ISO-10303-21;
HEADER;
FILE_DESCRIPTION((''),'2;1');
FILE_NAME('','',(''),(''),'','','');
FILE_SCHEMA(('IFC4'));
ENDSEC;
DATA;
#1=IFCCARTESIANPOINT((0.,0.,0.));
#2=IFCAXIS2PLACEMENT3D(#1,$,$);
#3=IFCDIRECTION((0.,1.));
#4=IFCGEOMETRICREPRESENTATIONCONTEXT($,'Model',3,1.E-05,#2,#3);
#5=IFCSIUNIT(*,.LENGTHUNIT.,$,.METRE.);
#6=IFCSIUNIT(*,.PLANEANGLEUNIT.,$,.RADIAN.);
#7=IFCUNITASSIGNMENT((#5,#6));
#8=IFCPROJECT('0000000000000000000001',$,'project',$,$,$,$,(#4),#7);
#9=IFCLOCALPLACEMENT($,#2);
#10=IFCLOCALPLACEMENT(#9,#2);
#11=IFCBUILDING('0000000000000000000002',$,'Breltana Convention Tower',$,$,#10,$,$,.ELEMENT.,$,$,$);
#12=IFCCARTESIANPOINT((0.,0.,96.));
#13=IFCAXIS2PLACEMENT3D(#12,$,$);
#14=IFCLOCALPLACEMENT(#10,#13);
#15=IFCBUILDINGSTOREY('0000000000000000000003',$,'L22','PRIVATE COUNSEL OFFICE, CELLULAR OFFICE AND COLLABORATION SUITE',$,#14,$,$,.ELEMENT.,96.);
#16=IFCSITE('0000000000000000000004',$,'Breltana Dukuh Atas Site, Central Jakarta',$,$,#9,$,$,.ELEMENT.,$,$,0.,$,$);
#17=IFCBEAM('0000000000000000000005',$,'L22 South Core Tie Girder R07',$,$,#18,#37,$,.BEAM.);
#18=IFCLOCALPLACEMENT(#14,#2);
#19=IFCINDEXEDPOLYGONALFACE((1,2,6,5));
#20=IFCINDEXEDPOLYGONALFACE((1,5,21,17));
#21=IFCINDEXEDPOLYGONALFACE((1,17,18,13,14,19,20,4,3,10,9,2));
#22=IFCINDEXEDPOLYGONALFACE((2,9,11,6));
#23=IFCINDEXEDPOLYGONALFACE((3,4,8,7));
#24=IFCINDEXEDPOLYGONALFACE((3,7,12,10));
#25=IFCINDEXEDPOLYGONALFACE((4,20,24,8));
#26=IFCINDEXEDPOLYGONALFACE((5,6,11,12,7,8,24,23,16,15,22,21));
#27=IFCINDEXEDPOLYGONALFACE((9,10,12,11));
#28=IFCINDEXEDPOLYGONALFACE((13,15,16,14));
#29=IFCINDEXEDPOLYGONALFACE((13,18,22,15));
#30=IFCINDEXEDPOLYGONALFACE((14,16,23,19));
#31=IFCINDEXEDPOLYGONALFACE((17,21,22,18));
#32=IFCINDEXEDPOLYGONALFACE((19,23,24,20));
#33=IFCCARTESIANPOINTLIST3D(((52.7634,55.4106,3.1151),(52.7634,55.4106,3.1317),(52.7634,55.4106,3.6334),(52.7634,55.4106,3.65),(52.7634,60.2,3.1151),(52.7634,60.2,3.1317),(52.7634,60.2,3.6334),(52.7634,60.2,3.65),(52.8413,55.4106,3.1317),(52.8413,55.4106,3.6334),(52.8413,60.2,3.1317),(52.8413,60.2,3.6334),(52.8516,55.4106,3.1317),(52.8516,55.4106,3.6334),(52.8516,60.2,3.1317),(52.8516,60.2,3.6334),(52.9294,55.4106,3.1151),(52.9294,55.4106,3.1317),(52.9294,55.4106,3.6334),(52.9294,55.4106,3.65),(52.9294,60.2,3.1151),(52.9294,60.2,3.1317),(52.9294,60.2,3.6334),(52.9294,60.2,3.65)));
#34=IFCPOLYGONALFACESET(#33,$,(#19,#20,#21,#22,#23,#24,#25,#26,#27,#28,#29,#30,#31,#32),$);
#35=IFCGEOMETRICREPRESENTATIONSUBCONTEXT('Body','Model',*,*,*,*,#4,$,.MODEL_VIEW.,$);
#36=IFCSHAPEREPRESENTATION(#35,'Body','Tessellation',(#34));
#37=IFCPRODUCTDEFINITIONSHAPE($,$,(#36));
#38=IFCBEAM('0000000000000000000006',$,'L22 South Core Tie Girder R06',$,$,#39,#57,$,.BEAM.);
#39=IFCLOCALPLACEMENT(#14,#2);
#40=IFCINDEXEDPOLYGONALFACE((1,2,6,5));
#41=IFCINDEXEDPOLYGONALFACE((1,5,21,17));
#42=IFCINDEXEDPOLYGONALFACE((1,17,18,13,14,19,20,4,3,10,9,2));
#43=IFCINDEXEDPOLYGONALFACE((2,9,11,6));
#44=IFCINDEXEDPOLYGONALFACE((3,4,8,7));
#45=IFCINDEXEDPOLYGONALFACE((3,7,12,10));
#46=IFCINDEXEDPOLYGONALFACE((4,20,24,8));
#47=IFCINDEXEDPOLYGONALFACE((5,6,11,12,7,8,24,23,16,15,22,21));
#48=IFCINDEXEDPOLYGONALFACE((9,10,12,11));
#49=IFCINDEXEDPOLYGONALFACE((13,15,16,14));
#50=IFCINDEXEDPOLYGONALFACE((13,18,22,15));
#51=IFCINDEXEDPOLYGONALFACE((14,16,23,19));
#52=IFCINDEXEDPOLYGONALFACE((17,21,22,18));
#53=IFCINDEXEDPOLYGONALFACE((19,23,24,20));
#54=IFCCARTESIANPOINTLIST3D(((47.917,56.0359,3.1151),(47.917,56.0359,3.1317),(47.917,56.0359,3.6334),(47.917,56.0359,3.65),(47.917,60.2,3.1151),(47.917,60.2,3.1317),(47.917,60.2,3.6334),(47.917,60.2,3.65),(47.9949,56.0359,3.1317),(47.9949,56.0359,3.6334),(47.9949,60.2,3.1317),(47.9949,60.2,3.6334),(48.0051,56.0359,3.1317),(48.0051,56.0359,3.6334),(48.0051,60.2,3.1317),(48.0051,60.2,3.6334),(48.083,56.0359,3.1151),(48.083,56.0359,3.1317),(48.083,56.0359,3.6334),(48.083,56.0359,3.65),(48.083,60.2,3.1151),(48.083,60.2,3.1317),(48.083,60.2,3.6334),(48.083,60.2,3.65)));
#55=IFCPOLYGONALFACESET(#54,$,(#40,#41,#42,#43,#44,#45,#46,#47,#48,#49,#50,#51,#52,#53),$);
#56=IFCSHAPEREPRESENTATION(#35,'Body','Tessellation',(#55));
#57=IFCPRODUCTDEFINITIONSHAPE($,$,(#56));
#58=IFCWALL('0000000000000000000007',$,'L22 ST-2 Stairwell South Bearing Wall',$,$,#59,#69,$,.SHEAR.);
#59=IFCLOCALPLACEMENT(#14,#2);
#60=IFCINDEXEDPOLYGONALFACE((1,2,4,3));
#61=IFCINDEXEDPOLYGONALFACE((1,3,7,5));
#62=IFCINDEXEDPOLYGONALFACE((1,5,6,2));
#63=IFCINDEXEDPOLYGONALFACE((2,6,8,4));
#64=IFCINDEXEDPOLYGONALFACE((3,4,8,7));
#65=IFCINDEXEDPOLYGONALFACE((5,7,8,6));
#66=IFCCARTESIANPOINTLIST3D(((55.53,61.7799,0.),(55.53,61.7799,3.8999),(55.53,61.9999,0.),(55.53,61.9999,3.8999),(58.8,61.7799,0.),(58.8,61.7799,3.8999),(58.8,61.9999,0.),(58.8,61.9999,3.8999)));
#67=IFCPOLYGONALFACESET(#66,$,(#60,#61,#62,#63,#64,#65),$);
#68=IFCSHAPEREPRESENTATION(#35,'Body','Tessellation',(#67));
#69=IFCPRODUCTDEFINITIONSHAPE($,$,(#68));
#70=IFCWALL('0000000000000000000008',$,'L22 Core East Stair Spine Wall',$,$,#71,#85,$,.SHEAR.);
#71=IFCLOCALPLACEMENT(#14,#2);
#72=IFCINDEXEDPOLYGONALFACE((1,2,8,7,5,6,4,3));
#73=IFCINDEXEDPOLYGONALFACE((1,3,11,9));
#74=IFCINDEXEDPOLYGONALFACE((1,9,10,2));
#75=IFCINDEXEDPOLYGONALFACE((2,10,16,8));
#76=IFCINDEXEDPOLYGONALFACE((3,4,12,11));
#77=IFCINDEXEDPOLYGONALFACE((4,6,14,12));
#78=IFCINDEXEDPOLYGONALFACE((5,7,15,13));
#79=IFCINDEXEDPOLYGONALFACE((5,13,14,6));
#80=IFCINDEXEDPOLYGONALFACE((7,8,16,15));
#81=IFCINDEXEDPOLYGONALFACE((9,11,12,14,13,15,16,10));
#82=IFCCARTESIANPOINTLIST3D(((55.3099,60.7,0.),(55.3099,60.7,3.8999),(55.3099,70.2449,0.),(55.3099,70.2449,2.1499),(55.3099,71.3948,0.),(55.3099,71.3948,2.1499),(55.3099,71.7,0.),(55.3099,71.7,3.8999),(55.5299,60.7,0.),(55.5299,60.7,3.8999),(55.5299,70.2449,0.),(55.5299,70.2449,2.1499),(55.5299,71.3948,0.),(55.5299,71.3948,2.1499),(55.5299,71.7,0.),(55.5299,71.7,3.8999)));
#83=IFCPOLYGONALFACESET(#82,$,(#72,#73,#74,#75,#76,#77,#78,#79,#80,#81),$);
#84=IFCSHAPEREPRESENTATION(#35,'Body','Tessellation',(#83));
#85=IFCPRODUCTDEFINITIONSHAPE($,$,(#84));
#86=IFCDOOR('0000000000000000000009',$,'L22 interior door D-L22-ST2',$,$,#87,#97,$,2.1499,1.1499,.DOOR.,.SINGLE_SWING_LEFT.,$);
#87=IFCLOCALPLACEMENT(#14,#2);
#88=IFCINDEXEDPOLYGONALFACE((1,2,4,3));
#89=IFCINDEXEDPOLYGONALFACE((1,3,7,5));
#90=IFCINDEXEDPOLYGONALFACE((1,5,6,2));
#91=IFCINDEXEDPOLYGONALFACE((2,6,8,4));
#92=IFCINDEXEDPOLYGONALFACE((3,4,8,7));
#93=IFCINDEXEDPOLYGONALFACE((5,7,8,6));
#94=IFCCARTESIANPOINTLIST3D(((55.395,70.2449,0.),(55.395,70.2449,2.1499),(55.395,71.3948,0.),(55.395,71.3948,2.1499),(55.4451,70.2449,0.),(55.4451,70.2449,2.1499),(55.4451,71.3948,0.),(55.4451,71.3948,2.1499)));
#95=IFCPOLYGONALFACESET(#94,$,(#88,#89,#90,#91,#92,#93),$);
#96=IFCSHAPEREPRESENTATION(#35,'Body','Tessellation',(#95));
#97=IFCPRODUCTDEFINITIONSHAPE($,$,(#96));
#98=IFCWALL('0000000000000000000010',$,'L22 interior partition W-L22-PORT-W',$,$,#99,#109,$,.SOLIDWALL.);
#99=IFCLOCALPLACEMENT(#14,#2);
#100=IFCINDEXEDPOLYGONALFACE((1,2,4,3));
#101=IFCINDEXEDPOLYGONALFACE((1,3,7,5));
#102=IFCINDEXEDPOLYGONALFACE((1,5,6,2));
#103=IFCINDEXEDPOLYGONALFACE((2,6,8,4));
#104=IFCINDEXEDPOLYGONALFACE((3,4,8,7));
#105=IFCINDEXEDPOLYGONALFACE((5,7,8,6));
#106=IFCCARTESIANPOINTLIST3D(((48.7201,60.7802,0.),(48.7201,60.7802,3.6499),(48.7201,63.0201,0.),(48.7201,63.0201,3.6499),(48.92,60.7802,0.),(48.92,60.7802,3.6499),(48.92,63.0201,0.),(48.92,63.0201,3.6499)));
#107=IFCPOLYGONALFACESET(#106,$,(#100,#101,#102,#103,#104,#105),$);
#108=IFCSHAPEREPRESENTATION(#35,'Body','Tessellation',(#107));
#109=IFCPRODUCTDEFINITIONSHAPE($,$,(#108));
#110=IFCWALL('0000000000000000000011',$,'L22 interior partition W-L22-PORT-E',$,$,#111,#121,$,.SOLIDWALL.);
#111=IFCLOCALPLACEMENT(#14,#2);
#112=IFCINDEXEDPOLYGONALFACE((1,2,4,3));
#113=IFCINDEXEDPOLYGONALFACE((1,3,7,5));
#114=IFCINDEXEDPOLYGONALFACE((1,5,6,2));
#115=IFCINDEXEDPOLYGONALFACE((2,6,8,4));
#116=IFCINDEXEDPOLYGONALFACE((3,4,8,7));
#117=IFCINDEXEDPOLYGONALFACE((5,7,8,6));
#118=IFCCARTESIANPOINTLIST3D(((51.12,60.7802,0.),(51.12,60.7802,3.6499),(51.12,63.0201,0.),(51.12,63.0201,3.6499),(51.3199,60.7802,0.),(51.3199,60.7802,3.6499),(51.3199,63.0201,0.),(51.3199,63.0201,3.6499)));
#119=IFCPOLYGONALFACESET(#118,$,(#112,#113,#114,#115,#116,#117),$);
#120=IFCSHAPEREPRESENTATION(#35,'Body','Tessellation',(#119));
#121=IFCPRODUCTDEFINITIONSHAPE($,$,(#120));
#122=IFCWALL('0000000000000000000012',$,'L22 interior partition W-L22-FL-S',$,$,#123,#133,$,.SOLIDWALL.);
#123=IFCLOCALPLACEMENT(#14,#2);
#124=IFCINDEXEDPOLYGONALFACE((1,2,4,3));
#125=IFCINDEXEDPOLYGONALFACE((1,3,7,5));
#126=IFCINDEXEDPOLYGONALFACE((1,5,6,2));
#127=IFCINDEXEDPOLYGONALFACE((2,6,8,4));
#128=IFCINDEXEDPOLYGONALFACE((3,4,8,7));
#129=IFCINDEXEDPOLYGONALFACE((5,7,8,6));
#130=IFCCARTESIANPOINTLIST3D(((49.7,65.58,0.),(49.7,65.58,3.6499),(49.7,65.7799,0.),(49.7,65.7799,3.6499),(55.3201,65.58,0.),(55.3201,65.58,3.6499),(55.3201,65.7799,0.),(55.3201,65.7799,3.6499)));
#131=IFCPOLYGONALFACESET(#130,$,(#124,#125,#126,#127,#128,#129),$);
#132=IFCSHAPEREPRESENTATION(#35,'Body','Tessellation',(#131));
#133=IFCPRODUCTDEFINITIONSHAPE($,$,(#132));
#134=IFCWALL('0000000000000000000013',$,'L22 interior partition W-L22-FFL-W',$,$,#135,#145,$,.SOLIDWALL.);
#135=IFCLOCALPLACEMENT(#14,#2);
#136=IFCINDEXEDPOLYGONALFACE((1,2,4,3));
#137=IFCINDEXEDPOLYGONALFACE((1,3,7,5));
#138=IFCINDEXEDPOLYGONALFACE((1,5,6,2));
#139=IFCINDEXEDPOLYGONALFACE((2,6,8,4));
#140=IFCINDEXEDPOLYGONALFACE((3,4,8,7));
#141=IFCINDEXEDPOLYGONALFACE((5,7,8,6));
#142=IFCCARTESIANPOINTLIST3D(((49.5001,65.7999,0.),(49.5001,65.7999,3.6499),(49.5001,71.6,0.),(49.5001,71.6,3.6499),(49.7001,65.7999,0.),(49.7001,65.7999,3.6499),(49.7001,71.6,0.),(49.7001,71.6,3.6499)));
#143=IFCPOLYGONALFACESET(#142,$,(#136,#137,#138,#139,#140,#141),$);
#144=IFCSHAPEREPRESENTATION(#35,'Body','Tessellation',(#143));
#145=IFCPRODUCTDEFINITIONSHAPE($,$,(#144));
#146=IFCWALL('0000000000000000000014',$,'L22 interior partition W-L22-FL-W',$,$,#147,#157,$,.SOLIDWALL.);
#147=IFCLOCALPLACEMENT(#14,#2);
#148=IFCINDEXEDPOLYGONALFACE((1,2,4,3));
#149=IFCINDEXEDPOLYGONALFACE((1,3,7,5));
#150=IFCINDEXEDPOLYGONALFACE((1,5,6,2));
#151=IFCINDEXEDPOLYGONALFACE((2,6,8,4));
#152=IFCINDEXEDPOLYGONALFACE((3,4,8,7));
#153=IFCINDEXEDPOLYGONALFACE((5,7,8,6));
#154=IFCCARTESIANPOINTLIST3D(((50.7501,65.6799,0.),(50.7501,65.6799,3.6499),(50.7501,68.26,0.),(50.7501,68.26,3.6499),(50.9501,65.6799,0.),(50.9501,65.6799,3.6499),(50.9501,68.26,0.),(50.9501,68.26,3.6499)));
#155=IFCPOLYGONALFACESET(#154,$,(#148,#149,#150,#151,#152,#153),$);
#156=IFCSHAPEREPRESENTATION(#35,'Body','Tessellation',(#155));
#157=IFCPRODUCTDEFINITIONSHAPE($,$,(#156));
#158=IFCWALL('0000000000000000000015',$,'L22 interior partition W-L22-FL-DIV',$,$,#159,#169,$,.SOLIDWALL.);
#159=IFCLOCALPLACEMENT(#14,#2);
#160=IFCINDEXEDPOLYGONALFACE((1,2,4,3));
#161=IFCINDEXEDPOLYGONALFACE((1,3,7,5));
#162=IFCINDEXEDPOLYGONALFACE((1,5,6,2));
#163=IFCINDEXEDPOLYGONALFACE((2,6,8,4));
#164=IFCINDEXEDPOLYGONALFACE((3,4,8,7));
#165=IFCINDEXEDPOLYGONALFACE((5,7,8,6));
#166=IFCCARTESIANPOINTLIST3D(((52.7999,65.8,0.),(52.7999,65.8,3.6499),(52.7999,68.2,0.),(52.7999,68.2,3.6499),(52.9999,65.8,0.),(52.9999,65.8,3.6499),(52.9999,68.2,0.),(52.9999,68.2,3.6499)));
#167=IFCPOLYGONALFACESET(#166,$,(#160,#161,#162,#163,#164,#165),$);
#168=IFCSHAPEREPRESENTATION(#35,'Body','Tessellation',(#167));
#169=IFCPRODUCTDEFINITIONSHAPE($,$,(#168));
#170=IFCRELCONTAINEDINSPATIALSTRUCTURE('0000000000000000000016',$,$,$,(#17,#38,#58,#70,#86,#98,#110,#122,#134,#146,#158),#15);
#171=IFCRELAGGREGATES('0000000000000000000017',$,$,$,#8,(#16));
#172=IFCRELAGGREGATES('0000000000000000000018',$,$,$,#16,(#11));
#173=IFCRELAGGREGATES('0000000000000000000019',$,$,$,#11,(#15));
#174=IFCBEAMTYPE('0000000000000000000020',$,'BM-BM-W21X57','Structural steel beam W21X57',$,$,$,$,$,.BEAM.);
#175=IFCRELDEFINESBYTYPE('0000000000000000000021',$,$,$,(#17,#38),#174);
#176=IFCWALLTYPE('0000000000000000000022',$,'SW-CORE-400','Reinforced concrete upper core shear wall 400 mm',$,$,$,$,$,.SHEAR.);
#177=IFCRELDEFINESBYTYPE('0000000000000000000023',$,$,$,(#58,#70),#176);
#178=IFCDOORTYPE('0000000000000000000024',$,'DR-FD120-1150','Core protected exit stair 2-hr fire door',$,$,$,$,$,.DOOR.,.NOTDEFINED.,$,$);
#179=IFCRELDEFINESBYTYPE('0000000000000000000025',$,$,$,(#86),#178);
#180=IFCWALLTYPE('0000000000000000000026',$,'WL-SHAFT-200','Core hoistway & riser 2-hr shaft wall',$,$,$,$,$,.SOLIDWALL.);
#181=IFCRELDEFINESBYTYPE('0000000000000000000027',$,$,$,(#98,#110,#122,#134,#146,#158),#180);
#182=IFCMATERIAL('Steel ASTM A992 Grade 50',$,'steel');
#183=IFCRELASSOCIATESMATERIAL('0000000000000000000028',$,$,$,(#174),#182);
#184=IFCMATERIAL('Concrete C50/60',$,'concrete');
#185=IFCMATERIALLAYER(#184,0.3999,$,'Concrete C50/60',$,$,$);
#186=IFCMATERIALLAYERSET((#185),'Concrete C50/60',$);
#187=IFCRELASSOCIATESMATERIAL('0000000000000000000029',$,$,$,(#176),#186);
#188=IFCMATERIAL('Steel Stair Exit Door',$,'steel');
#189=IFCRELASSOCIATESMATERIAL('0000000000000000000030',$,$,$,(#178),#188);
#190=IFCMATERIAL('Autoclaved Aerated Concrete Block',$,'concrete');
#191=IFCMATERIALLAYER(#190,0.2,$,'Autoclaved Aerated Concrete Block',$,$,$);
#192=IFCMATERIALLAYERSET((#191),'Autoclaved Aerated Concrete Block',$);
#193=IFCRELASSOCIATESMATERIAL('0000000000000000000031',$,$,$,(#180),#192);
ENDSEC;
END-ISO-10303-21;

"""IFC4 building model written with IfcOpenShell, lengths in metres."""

from ifc_helpers import new_model, si_unit, direction, frame, frame_2d, origin, origin_2d, place, context, subcontext, project, spatial, rectangle, i_section, extrude, source, transform, mapped, material, layer, layer_set, material_profile, profile_set, type_object, type_shapes, element, fill, save


model = new_model("IFC4")

# Units and contexts
model_context = context("Model", 3, precision=1e-05, world=origin(), true_north=direction((0.0, 1.0)))
body_context = subcontext(model_context, "Body", "Model", "MODEL_VIEW")
ifc_project = project(units=[si_unit("LENGTHUNIT", "METRE"), si_unit("PLANEANGLEUNIT", "RADIAN")], contexts=[model_context])

# Site, building, storey
site_placement = place(None, origin())
site = spatial("IfcSite", under=ifc_project, at=site_placement, Name="Breltana Dukuh Atas Site, Central Jakarta", CompositionType="ELEMENT", RefElevation=0.0)
building_placement = place(site_placement, origin())
building = spatial("IfcBuilding", under=site, at=building_placement, Name="Breltana Convention Tower", CompositionType="ELEMENT")
storey_placement = place(building_placement, frame((0.0, 0.0, 96.0)))
storey = spatial("IfcBuildingStorey", under=building, at=storey_placement, Name="L22", Description="PRIVATE COUNSEL OFFICE, CELLULAR OFFICE AND COLLABORATION SUITE", CompositionType="ELEMENT", Elevation=96.0)

# Beams
ifc_material_1 = material(Name="Steel ASTM A992 Grade 50", Category="steel")
ifc_material_profile = material_profile(ifc_material_1, i_section(OverallWidth=0.166, OverallDepth=0.5349, WebThickness=0.0103, FlangeThickness=0.0166, at=origin_2d()), Name="W21X57")
ifc_profile_set = profile_set([ifc_material_profile], Name="Steel ASTM A992 Grade 50")
beam_type = type_object("IfcBeamType", Name="BM-BM-W21X57", Description="Structural steel beam W21X57", PredefinedType="BEAM", material=ifc_profile_set)
shared_shape_1 = source(origin(), body_context, "Body", "SweptSolid", [
    extrude(i_section(OverallWidth=0.166, OverallDepth=0.5349, WebThickness=0.0103, FlangeThickness=0.0166, at=origin_2d()), origin(), (0.0, 0.0, 1.0), 4.7893),
])
beam_1_placement = place(storey_placement, frame((52.8464, 60.2, 3.3826), z_axis=(0.0, -1.0, 0.0), x_axis=(1.0, 0.0, 0.0)))
element("IfcBeam", 1, at=beam_1_placement, inside=storey, type_object=beam_type, Name="L22 South Core Tie Girder R07", PredefinedType="BEAM", context=body_context, shape_type="MappedRepresentation", body=[
    mapped(shared_shape_1, transform((0.0, 0.0, 0.0), scale=1.0)),
])
shared_shape_2 = source(origin(), body_context, "Body", "SweptSolid", [
    extrude(i_section(OverallWidth=0.166, OverallDepth=0.5349, WebThickness=0.0103, FlangeThickness=0.0166, at=origin_2d()), origin(), (0.0, 0.0, 1.0), 4.1641),
])
beam_2_placement = place(storey_placement, frame((48.0, 60.2, 3.3826), z_axis=(0.0, -1.0, 0.0), x_axis=(1.0, 0.0, 0.0)))
element("IfcBeam", 2, at=beam_2_placement, inside=storey, type_object=beam_type, Name="L22 South Core Tie Girder R06", PredefinedType="BEAM", context=body_context, shape_type="MappedRepresentation", body=[
    mapped(shared_shape_2, transform((0.0, 0.0, 0.0), scale=1.0)),
])

# Wall
ifc_material_2 = material(Name="Concrete C50/60", Category="concrete")
ifc_layer_1 = layer(ifc_material_2, 0.3999, Name="Concrete C50/60")
ifc_layer_set_1 = layer_set([ifc_layer_1], Name="Concrete C50/60")
wall_type_1 = type_object("IfcWallType", Name="SW-CORE-400", Description="Reinforced concrete upper core shear wall 400 mm", PredefinedType="SHEAR", material=ifc_layer_set_1)
shared_shape_3 = source(origin(), body_context, "Body", "SweptSolid", [
    extrude(rectangle(XDim=3.27, YDim=0.22, at=frame_2d((1.635, 0.0))), origin(), (0.0, 0.0, 1.0), 3.8999),
])
wall_1_placement = place(storey_placement, frame((55.53, 61.8899, 0.0), z_axis=(0.0, 0.0, 1.0), x_axis=(1.0, 0.0, 0.0)))
element("IfcWall", 3, at=wall_1_placement, inside=storey, type_object=wall_type_1, Name="L22 ST-2 Stairwell South Bearing Wall", PredefinedType="SHEAR", context=body_context, shape_type="MappedRepresentation", body=[
    mapped(shared_shape_3, transform((0.0, 0.0, 0.0), scale=1.0)),
])

# Wall, opening, door
shared_shape_4 = source(origin(), body_context, "Body", "SweptSolid", [
    extrude(rectangle(XDim=11.0, YDim=0.22, at=frame_2d((5.5, 0.0))), origin(), (0.0, 0.0, 1.0), 3.8999),
])
wall_2_placement = place(storey_placement, frame((55.4199, 60.7, 0.0), z_axis=(0.0, 0.0, 1.0), x_axis=(0.0, 1.0, 0.0)))
wall_2 = element("IfcWall", 4, at=wall_2_placement, inside=storey, type_object=wall_type_1, Name="L22 Core East Stair Spine Wall", PredefinedType="SHEAR", context=body_context, shape_type="MappedRepresentation", body=[
    mapped(shared_shape_4, transform((0.0, 0.0, 0.0), scale=1.0)),
])
opening_1_placement = place(wall_2_placement, frame((9.5449, 0.0, 0.0)))
opening_1 = element("IfcOpeningElement", 5, at=opening_1_placement, cuts=wall_2, PredefinedType="OPENING", context=body_context, shape_type="SweptSolid", body=[
    extrude(rectangle(XDim=1.1499, YDim=2.1499, at=frame_2d((0.575, 1.075))), frame((0.0, 0.1201, 0.0), z_axis=(0.0, -1.0, 0.0), x_axis=(1.0, 0.0, 0.0)), (0.0, 0.0, 1.0), 0.24),
])
ifc_material_3 = material(Name="Steel Stair Exit Door", Category="steel")
door_type_1 = type_object("IfcDoorType", Name="DR-FD120-1150", Description="Core protected exit stair 2-hr fire door", OperationType="NOTDEFINED", PredefinedType="DOOR", material=ifc_material_3)
shared_shape_5 = source(origin(), body_context, "Body", "SweptSolid", [
    extrude(rectangle(XDim=1.1499, YDim=2.1499, at=frame_2d((0.575, 1.075))), frame((0.0, 0.0249, 0.0), z_axis=(0.0, -1.0, 0.0), x_axis=(1.0, 0.0, 0.0)), (0.0, 0.0, 1.0), 0.05),
])
type_shapes(door_type_1, [shared_shape_5])
door_1_placement = place(opening_1_placement, origin())
door_1 = element("IfcDoor", 6, at=door_1_placement, inside=storey, type_object=door_type_1, Name="L22 interior door D-L22-ST2", OperationType="SINGLE_SWING_LEFT", OverallHeight=2.1499, OverallWidth=1.1499, PredefinedType="DOOR", context=body_context, shape_type="MappedRepresentation", body=[
    mapped(shared_shape_5, transform((0.0, 0.0, 0.0), scale=1.0)),
])
fill(opening_1, door_1)

# Walls
ifc_material_4 = material(Name="Autoclaved Aerated Concrete Block", Category="concrete")
ifc_layer_2 = layer(ifc_material_4, 0.2, Name="Autoclaved Aerated Concrete Block")
ifc_layer_set_2 = layer_set([ifc_layer_2], Name="Autoclaved Aerated Concrete Block")
wall_type_2 = type_object("IfcWallType", Name="WL-SHAFT-200", Description="Core hoistway & riser 2-hr shaft wall", PredefinedType="SOLIDWALL", material=ifc_layer_set_2)
shared_shape_6 = source(origin(), body_context, "Body", "SweptSolid", [
    extrude(rectangle(XDim=2.24, YDim=0.2, at=frame_2d((1.1201, 0.0))), origin(), (0.0, 0.0, 1.0), 3.6499),
])
for number, where, z_axis, x_axis, name in (
    (7, (48.8201, 60.78, 0.0), (0.0, 0.0, 1.0), (0.0, 1.0, 0.0), "L22 interior partition W-L22-PORT-W"),
    (8, (51.22, 60.78, 0.0), (0.0, 0.0, 1.0), (0.0, 1.0, 0.0), "L22 interior partition W-L22-PORT-E"),
):
    element("IfcWall", number, at=place(storey_placement, frame(where, z_axis=z_axis, x_axis=x_axis)), inside=storey, type_object=wall_type_2, Name=name, PredefinedType="SOLIDWALL", context=body_context, shape_type="MappedRepresentation", body=[
        mapped(shared_shape_6, transform((0.0, 0.0, 0.0), scale=1.0)),
    ])

# Shared definitions
shared_shape_7 = source(origin(), body_context, "Body", "SweptSolid", [
    extrude(rectangle(XDim=5.6201, YDim=0.2, at=frame_2d((2.8101, 0.0))), origin(), (0.0, 0.0, 1.0), 3.6499),
])

# Walls
wall_3_placement = place(storey_placement, frame((49.7, 65.6799, 0.0), z_axis=(0.0, 0.0, 1.0), x_axis=(1.0, 0.0, 0.0)))
element("IfcWall", 9, at=wall_3_placement, inside=storey, type_object=wall_type_2, Name="L22 interior partition W-L22-FL-S", PredefinedType="SOLIDWALL", context=body_context, shape_type="MappedRepresentation", body=[
    mapped(shared_shape_7, transform((0.0, 0.0, 0.0), scale=1.0)),
])
shared_shape_8 = source(origin(), body_context, "Body", "SweptSolid", [
    extrude(rectangle(XDim=5.8, YDim=0.2, at=frame_2d((2.8999, 0.0))), origin(), (0.0, 0.0, 1.0), 3.6499),
])
wall_4_placement = place(storey_placement, frame((49.6001, 65.8, 0.0), z_axis=(0.0, 0.0, 1.0), x_axis=(0.0, 1.0, 0.0)))
element("IfcWall", 10, at=wall_4_placement, inside=storey, type_object=wall_type_2, Name="L22 interior partition W-L22-FFL-W", PredefinedType="SOLIDWALL", context=body_context, shape_type="MappedRepresentation", body=[
    mapped(shared_shape_8, transform((0.0, 0.0, 0.0), scale=1.0)),
])
shared_shape_9 = source(origin(), body_context, "Body", "SweptSolid", [
    extrude(rectangle(XDim=2.5801, YDim=0.2, at=frame_2d((1.29, 0.0))), origin(), (0.0, 0.0, 1.0), 3.6499),
])
wall_5_placement = place(storey_placement, frame((50.8501, 65.6799, 0.0), z_axis=(0.0, 0.0, 1.0), x_axis=(0.0, 1.0, 0.0)))
element("IfcWall", 11, at=wall_5_placement, inside=storey, type_object=wall_type_2, Name="L22 interior partition W-L22-FL-W", PredefinedType="SOLIDWALL", context=body_context, shape_type="MappedRepresentation", body=[
    mapped(shared_shape_9, transform((0.0, 0.0, 0.0), scale=1.0)),
])
shared_shape_10 = source(origin(), body_context, "Body", "SweptSolid", [
    extrude(rectangle(XDim=2.3999, YDim=0.2, at=frame_2d((1.2, 0.0))), origin(), (0.0, 0.0, 1.0), 3.6499),
])
for number, where, z_axis, x_axis, name in (
    (12, (52.8999, 65.8, 0.0), (0.0, 0.0, 1.0), (0.0, 1.0, 0.0), "L22 interior partition W-L22-FL-DIV"),
):
    element("IfcWall", number, at=place(storey_placement, frame(where, z_axis=z_axis, x_axis=x_axis)), inside=storey, type_object=wall_type_2, Name=name, PredefinedType="SOLIDWALL", context=body_context, shape_type="MappedRepresentation", body=[
        mapped(shared_shape_10, transform((0.0, 0.0, 0.0), scale=1.0)),
    ])

save(model, "model.ifc")
